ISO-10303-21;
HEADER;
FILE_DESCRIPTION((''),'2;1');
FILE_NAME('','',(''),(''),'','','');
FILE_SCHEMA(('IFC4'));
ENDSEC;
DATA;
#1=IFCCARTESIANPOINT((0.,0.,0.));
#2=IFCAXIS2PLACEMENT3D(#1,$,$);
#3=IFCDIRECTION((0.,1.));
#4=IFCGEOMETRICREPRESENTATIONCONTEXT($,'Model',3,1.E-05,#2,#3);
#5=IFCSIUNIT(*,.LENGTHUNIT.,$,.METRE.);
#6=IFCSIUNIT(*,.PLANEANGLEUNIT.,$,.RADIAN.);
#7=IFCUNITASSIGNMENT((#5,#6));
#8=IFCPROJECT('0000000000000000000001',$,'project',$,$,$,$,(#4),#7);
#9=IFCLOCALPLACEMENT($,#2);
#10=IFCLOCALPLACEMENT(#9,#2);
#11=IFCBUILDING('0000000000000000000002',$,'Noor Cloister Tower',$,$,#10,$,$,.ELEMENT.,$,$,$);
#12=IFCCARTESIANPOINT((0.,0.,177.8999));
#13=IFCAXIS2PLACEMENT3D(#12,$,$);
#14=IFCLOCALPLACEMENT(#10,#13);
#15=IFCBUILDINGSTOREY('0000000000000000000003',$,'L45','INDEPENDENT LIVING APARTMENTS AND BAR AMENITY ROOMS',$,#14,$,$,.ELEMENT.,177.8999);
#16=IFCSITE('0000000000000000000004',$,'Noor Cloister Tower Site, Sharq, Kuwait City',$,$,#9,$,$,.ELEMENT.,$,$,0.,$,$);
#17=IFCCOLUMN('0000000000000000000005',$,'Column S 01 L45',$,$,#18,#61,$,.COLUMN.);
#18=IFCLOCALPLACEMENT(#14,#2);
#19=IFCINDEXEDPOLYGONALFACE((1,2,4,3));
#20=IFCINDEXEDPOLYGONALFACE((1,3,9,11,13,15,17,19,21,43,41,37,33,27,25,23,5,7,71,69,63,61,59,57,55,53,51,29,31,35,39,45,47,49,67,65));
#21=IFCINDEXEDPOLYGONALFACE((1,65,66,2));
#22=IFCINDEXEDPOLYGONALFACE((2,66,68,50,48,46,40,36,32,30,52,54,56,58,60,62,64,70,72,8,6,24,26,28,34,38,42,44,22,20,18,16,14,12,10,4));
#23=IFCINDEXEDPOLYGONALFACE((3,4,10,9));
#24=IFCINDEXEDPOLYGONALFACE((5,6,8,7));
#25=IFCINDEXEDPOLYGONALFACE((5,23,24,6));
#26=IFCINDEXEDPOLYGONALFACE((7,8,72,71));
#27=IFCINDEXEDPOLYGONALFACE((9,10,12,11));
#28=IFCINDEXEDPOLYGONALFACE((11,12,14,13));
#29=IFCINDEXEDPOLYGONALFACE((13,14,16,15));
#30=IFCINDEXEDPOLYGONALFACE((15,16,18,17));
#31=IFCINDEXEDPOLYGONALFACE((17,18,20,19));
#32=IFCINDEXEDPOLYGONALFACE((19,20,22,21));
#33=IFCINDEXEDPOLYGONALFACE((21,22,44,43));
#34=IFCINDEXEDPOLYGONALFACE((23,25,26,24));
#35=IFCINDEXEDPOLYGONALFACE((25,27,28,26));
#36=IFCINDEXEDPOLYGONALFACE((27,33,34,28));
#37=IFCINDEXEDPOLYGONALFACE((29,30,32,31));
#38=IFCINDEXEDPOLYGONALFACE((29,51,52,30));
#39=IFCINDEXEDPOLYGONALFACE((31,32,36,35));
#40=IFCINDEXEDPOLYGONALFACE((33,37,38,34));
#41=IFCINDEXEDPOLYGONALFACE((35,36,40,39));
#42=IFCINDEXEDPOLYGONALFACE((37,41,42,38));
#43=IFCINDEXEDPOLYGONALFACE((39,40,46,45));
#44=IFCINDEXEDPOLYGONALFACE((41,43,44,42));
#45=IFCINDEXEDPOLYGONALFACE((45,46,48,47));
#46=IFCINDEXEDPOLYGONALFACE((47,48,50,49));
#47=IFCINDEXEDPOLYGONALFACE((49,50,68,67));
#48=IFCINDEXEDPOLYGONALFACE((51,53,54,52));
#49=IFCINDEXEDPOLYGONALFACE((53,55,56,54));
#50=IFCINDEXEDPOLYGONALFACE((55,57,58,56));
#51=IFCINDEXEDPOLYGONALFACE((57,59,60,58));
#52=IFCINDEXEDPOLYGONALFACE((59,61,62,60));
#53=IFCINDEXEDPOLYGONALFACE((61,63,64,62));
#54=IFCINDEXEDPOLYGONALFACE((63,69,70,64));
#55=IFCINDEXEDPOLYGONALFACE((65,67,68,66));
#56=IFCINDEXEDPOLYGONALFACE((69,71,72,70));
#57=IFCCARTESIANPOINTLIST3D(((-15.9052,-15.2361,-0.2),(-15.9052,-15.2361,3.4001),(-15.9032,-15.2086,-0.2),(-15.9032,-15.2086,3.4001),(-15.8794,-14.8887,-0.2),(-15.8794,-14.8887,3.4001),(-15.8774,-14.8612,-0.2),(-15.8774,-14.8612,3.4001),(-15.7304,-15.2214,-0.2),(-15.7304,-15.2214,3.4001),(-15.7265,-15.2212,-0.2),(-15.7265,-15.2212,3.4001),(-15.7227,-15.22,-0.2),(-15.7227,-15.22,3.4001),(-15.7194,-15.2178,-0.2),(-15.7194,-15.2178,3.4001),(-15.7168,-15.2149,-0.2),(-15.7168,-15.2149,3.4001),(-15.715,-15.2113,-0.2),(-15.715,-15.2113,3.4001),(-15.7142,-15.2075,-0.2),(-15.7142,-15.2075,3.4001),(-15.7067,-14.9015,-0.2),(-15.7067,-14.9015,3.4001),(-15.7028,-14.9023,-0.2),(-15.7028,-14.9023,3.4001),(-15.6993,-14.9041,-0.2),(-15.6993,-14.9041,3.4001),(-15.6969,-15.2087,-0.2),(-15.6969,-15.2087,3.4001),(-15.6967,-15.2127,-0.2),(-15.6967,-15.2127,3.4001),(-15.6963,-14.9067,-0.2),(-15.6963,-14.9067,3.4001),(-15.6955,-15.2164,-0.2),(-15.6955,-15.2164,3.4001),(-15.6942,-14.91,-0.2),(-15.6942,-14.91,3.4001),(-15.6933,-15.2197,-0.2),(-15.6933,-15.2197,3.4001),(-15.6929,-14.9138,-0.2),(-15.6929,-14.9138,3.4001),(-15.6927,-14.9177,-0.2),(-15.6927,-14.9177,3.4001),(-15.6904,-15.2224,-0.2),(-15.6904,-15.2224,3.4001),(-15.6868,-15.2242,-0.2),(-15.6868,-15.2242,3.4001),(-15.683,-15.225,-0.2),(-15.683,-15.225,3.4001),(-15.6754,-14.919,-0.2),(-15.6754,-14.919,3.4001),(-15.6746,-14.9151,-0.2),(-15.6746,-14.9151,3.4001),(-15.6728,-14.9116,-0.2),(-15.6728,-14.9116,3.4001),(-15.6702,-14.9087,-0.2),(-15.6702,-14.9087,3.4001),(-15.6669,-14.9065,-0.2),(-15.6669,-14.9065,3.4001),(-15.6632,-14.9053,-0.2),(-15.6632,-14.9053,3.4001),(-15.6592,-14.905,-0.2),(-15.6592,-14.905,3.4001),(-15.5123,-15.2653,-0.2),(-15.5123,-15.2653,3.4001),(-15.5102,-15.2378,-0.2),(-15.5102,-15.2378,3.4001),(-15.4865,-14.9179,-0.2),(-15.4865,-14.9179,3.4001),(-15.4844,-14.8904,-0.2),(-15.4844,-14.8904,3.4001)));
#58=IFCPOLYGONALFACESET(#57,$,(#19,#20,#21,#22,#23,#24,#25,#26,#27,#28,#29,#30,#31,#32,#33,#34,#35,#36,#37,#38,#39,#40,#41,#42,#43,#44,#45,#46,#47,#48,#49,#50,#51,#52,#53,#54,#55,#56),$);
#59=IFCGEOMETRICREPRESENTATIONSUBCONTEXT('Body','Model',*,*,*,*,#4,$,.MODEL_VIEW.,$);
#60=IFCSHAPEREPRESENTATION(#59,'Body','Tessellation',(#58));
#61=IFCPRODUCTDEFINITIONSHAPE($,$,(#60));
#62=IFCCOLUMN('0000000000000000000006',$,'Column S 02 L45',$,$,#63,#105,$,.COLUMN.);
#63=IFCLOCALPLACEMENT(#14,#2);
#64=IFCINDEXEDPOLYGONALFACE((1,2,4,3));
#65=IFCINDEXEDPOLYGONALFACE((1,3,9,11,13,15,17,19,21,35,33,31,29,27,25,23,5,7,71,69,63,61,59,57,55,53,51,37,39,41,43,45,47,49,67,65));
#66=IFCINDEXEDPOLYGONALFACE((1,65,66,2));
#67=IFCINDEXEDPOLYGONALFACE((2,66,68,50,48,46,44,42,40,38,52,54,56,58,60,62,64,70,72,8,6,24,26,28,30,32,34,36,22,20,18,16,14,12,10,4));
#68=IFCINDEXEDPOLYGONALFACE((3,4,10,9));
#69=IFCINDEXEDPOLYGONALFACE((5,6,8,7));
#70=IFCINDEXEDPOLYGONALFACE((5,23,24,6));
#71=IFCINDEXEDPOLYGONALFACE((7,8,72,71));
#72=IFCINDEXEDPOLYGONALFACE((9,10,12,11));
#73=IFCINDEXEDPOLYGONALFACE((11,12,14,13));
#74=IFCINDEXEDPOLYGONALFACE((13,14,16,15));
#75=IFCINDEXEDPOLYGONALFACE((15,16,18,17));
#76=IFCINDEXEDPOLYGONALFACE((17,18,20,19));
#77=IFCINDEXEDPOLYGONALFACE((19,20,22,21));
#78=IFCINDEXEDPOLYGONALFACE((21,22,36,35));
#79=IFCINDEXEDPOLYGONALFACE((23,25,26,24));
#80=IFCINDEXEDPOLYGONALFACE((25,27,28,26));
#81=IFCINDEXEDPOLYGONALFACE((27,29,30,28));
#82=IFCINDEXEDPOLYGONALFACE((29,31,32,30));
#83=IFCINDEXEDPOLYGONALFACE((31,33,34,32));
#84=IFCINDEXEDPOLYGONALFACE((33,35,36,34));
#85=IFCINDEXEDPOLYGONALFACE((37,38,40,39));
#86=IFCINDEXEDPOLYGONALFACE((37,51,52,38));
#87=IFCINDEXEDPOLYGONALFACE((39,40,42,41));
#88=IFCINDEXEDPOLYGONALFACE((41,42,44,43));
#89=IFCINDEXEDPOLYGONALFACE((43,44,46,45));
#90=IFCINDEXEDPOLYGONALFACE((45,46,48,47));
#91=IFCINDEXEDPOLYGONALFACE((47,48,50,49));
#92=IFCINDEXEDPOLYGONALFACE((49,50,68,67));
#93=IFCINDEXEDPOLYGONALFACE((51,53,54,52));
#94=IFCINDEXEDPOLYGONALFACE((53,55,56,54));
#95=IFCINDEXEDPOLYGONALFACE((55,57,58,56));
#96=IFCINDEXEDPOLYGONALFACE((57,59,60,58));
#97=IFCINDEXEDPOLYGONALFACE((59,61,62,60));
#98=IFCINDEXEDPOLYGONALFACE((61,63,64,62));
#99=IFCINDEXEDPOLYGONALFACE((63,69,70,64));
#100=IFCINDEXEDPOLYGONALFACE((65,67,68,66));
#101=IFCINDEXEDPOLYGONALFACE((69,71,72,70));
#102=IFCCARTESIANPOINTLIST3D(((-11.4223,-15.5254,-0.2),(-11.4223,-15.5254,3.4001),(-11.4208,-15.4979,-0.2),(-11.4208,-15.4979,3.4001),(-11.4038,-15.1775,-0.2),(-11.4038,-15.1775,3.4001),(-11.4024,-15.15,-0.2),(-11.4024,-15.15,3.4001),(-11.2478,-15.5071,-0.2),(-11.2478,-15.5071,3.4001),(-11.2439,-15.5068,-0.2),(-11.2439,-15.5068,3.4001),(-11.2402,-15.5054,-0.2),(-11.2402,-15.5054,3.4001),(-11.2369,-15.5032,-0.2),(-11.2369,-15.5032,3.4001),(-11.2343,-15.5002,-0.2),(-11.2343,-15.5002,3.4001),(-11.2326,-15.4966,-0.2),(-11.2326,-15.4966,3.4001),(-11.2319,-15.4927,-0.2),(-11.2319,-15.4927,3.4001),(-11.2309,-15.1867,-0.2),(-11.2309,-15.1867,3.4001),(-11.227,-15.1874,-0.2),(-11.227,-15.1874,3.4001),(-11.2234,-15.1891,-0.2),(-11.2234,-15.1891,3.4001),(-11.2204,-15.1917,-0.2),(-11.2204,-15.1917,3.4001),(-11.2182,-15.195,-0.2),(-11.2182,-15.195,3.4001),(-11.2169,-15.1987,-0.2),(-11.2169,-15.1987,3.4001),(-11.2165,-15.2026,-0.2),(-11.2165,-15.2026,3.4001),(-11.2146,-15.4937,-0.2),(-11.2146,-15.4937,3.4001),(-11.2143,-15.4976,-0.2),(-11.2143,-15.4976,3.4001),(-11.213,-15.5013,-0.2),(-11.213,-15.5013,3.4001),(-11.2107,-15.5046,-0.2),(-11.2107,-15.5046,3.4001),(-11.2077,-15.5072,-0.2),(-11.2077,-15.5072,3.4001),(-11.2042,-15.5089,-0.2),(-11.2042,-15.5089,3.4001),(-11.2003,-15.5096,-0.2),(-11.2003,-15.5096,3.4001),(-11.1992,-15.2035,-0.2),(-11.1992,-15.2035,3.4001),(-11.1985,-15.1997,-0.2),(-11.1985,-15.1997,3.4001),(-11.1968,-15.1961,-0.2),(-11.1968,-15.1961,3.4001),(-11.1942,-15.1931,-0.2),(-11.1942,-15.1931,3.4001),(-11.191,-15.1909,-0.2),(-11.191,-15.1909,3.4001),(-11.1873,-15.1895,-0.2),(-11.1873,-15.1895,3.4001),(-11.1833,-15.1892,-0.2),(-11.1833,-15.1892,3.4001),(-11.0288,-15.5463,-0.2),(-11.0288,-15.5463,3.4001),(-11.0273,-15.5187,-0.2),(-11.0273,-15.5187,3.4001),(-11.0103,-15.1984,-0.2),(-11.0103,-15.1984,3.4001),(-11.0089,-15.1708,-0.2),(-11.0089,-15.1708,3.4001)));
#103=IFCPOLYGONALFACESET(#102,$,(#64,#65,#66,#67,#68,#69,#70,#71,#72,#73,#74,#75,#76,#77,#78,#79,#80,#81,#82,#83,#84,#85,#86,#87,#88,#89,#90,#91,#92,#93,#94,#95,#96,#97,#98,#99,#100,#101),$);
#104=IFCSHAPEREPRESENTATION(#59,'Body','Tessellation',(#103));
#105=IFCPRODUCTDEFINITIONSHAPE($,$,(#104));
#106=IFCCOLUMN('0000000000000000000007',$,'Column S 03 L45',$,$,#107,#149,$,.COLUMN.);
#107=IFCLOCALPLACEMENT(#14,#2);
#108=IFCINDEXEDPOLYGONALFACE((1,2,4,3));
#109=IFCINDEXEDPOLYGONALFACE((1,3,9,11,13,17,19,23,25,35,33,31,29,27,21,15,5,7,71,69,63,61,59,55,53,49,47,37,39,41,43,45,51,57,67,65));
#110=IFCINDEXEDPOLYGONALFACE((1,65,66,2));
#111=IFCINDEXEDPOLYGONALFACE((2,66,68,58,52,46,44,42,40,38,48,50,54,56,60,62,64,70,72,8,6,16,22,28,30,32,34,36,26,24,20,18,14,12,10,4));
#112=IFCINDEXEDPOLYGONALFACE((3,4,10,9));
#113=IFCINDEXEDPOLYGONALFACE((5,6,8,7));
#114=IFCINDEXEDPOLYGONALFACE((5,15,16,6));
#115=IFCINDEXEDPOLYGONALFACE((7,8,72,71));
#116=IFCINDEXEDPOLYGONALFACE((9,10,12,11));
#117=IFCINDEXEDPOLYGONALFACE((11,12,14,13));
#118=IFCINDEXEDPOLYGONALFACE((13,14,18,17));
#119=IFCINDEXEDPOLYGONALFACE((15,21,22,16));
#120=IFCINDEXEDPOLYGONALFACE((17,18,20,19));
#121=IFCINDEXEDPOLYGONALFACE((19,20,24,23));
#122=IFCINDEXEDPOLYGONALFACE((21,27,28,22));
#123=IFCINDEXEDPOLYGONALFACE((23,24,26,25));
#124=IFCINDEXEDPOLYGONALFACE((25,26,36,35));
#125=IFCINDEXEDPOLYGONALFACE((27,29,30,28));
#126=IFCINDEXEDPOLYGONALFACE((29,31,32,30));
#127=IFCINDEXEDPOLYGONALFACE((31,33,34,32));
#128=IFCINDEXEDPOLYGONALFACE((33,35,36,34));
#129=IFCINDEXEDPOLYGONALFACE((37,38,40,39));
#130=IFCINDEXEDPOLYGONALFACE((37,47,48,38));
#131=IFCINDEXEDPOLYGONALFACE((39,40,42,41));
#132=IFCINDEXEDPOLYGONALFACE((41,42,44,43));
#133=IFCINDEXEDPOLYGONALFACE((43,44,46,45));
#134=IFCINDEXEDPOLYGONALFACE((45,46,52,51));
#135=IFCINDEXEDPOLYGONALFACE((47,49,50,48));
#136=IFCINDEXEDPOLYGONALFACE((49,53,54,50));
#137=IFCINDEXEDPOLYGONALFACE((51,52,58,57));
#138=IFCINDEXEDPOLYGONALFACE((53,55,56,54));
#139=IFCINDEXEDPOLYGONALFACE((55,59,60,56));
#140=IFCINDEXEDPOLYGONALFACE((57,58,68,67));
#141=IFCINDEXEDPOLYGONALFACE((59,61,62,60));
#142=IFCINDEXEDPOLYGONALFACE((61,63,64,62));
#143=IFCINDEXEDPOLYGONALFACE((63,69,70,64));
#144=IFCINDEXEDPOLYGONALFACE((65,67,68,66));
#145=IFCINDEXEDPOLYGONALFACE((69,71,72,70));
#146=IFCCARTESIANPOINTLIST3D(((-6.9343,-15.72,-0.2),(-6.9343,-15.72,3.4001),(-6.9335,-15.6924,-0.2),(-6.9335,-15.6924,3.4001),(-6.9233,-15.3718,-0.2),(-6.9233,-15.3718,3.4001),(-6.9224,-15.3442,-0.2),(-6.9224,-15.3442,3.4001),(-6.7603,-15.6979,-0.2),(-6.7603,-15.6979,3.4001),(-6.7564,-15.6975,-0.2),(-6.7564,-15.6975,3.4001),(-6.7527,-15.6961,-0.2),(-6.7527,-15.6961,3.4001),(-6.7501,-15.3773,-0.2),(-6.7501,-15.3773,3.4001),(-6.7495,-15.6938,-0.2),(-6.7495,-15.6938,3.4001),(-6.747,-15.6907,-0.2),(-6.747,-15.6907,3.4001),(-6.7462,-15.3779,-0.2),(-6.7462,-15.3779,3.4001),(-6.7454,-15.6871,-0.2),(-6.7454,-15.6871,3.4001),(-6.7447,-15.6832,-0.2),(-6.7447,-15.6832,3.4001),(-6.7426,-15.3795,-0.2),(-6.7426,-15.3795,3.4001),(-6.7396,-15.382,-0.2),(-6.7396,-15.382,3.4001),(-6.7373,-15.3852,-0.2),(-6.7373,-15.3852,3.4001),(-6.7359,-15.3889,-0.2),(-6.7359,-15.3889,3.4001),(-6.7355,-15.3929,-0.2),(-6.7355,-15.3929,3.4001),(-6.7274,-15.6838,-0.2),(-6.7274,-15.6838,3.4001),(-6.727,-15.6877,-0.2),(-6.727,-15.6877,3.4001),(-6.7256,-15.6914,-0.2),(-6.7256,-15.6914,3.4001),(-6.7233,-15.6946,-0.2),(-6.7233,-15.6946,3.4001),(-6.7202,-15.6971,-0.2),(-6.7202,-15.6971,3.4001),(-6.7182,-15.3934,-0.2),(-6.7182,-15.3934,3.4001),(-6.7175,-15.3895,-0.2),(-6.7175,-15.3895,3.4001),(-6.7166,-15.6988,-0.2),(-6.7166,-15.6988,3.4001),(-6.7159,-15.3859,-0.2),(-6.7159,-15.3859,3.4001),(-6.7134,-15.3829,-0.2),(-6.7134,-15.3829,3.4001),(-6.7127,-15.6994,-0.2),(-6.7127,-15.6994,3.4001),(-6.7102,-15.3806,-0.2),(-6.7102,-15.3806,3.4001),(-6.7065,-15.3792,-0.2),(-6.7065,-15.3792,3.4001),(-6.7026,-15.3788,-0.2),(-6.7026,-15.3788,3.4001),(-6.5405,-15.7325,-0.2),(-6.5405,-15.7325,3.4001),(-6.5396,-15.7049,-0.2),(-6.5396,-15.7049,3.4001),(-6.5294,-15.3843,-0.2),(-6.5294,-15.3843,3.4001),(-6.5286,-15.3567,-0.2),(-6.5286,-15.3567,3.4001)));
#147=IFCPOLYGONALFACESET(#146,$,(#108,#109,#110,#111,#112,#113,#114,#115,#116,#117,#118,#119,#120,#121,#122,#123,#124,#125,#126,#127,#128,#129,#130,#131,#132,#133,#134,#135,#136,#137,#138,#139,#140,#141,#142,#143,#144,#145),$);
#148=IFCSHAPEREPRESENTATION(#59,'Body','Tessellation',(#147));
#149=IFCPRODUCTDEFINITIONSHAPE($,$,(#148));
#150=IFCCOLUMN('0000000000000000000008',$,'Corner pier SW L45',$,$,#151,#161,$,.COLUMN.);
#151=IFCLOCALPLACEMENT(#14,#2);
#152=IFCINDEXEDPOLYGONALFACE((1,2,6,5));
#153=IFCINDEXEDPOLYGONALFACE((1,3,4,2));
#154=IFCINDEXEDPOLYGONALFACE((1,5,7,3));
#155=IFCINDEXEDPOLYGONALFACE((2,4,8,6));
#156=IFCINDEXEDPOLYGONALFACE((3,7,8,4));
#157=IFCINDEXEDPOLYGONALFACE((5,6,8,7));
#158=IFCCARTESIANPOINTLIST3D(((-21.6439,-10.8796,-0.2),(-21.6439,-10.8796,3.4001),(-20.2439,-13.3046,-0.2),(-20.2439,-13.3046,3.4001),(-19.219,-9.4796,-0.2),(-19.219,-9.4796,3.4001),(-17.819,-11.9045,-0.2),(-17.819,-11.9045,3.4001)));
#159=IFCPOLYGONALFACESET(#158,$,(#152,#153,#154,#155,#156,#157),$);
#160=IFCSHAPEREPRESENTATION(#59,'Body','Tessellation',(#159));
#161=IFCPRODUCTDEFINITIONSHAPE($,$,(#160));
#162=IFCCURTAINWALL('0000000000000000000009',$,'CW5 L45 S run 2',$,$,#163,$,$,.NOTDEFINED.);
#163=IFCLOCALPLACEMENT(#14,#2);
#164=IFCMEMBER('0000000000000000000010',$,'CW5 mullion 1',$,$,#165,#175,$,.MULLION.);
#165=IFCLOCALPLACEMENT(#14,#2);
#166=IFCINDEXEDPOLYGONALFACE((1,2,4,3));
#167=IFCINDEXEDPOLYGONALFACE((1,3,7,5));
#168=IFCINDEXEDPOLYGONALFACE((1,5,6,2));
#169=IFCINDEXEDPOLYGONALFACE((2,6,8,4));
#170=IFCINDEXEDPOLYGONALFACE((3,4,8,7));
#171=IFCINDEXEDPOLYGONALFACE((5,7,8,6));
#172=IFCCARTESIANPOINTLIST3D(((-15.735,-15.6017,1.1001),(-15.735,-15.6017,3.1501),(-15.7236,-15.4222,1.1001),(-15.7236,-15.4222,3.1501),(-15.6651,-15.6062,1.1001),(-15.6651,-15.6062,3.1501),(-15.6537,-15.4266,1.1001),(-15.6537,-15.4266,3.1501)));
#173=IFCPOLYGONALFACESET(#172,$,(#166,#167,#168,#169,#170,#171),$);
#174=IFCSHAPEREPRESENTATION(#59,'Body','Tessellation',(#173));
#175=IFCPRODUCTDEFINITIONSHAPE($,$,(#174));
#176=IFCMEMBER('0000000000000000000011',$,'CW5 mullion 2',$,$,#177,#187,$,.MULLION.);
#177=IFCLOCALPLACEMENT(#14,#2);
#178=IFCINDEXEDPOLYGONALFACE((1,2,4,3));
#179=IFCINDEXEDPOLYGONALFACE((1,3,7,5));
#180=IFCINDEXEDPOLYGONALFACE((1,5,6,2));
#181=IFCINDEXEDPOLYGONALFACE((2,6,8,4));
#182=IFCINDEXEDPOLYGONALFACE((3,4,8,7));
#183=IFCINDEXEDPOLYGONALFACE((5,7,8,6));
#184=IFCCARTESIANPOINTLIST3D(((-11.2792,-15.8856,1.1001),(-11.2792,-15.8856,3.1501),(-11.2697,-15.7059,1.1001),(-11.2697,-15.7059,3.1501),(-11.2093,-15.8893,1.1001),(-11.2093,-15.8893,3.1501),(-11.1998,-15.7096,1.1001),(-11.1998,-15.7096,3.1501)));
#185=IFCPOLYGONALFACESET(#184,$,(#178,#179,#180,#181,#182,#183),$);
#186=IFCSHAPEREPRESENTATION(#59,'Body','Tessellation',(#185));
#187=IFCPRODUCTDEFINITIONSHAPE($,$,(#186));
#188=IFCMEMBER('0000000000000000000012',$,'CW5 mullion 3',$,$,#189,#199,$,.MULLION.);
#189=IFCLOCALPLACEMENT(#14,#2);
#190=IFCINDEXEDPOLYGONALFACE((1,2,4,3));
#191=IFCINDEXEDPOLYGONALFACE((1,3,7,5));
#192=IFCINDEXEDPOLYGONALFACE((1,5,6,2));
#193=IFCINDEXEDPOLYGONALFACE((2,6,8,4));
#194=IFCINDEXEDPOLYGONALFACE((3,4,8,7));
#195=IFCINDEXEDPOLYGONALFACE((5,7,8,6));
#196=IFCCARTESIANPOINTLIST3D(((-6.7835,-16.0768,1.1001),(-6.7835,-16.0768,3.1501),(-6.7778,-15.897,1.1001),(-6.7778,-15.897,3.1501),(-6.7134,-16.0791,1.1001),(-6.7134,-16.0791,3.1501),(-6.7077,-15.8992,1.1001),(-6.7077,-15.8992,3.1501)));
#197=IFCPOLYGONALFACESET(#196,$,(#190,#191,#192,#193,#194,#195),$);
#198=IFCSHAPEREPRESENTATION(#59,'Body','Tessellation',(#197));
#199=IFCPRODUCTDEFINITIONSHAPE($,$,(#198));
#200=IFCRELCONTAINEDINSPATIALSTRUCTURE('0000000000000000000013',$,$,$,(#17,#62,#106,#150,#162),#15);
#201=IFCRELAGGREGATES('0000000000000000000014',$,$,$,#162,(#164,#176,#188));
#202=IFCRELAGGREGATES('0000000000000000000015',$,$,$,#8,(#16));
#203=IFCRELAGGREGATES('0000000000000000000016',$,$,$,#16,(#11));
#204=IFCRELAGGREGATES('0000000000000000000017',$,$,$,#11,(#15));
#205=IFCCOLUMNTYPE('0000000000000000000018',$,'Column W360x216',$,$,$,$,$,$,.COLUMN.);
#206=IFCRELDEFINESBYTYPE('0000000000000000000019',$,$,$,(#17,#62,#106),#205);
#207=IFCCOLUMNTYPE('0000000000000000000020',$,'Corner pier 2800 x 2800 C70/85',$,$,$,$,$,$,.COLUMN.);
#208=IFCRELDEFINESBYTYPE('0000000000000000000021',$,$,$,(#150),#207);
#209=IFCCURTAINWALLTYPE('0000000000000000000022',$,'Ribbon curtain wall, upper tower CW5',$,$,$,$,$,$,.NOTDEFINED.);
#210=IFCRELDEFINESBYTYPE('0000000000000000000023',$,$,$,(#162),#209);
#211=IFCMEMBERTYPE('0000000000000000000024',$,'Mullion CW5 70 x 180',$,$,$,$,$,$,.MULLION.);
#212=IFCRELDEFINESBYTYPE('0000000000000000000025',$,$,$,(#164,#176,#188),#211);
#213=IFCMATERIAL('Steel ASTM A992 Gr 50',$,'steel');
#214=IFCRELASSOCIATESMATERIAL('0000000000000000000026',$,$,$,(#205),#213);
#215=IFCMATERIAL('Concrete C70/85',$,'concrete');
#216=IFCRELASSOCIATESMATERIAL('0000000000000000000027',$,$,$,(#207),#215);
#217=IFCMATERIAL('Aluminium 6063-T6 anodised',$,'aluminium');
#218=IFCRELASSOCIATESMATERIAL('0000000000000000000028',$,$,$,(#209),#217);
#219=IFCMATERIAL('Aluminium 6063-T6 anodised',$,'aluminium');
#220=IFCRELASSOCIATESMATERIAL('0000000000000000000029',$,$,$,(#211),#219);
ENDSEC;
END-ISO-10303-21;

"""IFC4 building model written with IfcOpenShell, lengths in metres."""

from ifc_helpers import new_model, si_unit, direction, frame, origin, origin_2d, place, context, subcontext, project, spatial, rectangle, i_section, extrude, material, material_profile, profile_set, type_object, element, aggregate, save


model = new_model("IFC4")

# Units and contexts
model_context = context("Model", 3, precision=1e-05, world=origin(), true_north=direction((0.0, 1.0)))
body_context = subcontext(model_context, "Body", "Model", "MODEL_VIEW")
ifc_project = project(units=[si_unit("LENGTHUNIT", "METRE"), si_unit("PLANEANGLEUNIT", "RADIAN")], contexts=[model_context])

# Site, building, storey
site_placement = place(None, origin())
site = spatial("IfcSite", under=ifc_project, at=site_placement, Name="Noor Cloister Tower Site, Sharq, Kuwait City", CompositionType="ELEMENT", RefElevation=0.0)
building_placement = place(site_placement, origin())
building = spatial("IfcBuilding", under=site, at=building_placement, Name="Noor Cloister Tower", CompositionType="ELEMENT")
storey_placement = place(building_placement, frame((0.0, 0.0, 177.8999)))
storey = spatial("IfcBuildingStorey", under=building, at=storey_placement, Name="L45", Description="INDEPENDENT LIVING APARTMENTS AND BAR AMENITY ROOMS", CompositionType="ELEMENT", Elevation=177.8999)

# Columns
ifc_material_1 = material(Name="Steel ASTM A992 Gr 50", Category="steel")
ifc_material_profile_1 = material_profile(ifc_material_1, i_section(OverallWidth=0.394, OverallDepth=0.376, WebThickness=0.0173, FlangeThickness=0.0276, FilletRadius=0.0151, at=origin_2d()), Name="W360x216")
ifc_profile_set_1 = profile_set([ifc_material_profile_1], Name="Steel ASTM A992 Gr 50")
column_type_1 = type_object("IfcColumnType", Name="Column W360x216", PredefinedType="COLUMN", material=ifc_profile_set_1)
for number, where, z_axis, x_axis, name in (
    (1, (-15.6948, -15.0632, -0.2), (0.0, 0.0, 1.0), (0.997253, -0.074068, 0.0), "Column S 01 L45"),
    (2, (-11.2156, -15.3481, -0.2), (0.0, 0.0, 1.0), (0.998598, -0.052929, 0.0), "Column S 02 L45"),
    (3, (-6.7314, -15.5383, -0.2), (0.0, 0.0, 1.0), (0.999495, -0.031767, 0.0), "Column S 03 L45"),
):
    element("IfcColumn", number, at=place(storey_placement, frame(where, z_axis=z_axis, x_axis=x_axis)), inside=storey, type_object=column_type_1, Name=name, PredefinedType="COLUMN", context=body_context, shape_type="SweptSolid", body=[
        extrude(i_section(OverallWidth=0.394, OverallDepth=0.376, WebThickness=0.0173, FlangeThickness=0.0276, FilletRadius=0.0151, at=origin_2d()), origin(), (0.0, 0.0, 1.0), 3.6001),
    ])
ifc_material_2 = material(Name="Concrete C70/85", Category="concrete")
ifc_material_profile_2 = material_profile(ifc_material_2, rectangle(XDim=2.8, YDim=2.8, at=origin_2d()), Name="RC 2800x2800")
ifc_profile_set_2 = profile_set([ifc_material_profile_2], Name="Concrete C70/85")
column_type_2 = type_object("IfcColumnType", Name="Corner pier 2800 x 2800 C70/85", PredefinedType="COLUMN", material=ifc_profile_set_2)
column_placement = place(storey_placement, frame((-19.7314, -11.3921, -0.2), z_axis=(0.0, 0.0, 1.0), x_axis=(-0.866025, -0.5, 0.0)))
element("IfcColumn", 4, at=column_placement, inside=storey, type_object=column_type_2, Name="Corner pier SW L45", PredefinedType="COLUMN", context=body_context, shape_type="SweptSolid", body=[
    extrude(rectangle(XDim=2.8, YDim=2.8, at=origin_2d()), origin(), (0.0, 0.0, 1.0), 3.6001),
])

# Curtain wall, members
ifc_material_3 = material(Name="Aluminium 6063-T6 anodised", Category="aluminium")
curtain_wall_type = type_object("IfcCurtainWallType", Name="Ribbon curtain wall, upper tower CW5", PredefinedType="NOTDEFINED", material=ifc_material_3)
curtain_wall_placement = place(storey_placement, origin())
curtain_wall = element("IfcCurtainWall", 5, at=curtain_wall_placement, inside=storey, type_object=curtain_wall_type, Name="CW5 L45 S run 2", PredefinedType="NOTDEFINED")
ifc_material_4 = material(Name="Aluminium 6063-T6 anodised", Category="aluminium")
ifc_material_profile_3 = material_profile(ifc_material_4, rectangle(XDim=0.1799, YDim=0.0701, at=origin_2d()), Name="180 x 70 mullion")
ifc_profile_set_3 = profile_set([ifc_material_profile_3], Name="Aluminium 6063-T6 anodised")
member_type = type_object("IfcMemberType", Name="Mullion CW5 70 x 180", PredefinedType="MULLION", material=ifc_profile_set_3)
member_1_placement = place(storey_placement, frame((-15.6943, -15.5142, 1.1001), z_axis=(0.0, 0.0, 1.0), x_axis=(0.063502, 0.997982, 0.0)))
member_1 = element("IfcMember", 6, at=member_1_placement, type_object=member_type, Name="CW5 mullion 1", PredefinedType="MULLION", context=body_context, shape_type="SweptSolid", body=[
    extrude(rectangle(XDim=0.1799, YDim=0.0701, at=origin_2d()), origin(), (0.0, 0.0, 1.0), 2.05),
])
member_2_placement = place(storey_placement, frame((-11.2395, -15.7976, 1.1001), z_axis=(0.0, 0.0, 1.0), x_axis=(0.052929, 0.998598, 0.0)))
member_2 = element("IfcMember", 7, at=member_2_placement, type_object=member_type, Name="CW5 mullion 2", PredefinedType="MULLION", context=body_context, shape_type="SweptSolid", body=[
    extrude(rectangle(XDim=0.1799, YDim=0.0701, at=origin_2d()), origin(), (0.0, 0.0, 1.0), 2.05),
])
member_3_placement = place(storey_placement, frame((-6.7456, -15.988, 1.1001), z_axis=(0.0, 0.0, 1.0), x_axis=(0.031767, 0.999495, 0.0)))
member_3 = element("IfcMember", 8, at=member_3_placement, type_object=member_type, Name="CW5 mullion 3", PredefinedType="MULLION", context=body_context, shape_type="SweptSolid", body=[
    extrude(rectangle(XDim=0.1799, YDim=0.0701, at=origin_2d()), origin(), (0.0, 0.0, 1.0), 2.05),
])

aggregate(curtain_wall, [member_1, member_2, member_3])

save(model, "model.ifc")
